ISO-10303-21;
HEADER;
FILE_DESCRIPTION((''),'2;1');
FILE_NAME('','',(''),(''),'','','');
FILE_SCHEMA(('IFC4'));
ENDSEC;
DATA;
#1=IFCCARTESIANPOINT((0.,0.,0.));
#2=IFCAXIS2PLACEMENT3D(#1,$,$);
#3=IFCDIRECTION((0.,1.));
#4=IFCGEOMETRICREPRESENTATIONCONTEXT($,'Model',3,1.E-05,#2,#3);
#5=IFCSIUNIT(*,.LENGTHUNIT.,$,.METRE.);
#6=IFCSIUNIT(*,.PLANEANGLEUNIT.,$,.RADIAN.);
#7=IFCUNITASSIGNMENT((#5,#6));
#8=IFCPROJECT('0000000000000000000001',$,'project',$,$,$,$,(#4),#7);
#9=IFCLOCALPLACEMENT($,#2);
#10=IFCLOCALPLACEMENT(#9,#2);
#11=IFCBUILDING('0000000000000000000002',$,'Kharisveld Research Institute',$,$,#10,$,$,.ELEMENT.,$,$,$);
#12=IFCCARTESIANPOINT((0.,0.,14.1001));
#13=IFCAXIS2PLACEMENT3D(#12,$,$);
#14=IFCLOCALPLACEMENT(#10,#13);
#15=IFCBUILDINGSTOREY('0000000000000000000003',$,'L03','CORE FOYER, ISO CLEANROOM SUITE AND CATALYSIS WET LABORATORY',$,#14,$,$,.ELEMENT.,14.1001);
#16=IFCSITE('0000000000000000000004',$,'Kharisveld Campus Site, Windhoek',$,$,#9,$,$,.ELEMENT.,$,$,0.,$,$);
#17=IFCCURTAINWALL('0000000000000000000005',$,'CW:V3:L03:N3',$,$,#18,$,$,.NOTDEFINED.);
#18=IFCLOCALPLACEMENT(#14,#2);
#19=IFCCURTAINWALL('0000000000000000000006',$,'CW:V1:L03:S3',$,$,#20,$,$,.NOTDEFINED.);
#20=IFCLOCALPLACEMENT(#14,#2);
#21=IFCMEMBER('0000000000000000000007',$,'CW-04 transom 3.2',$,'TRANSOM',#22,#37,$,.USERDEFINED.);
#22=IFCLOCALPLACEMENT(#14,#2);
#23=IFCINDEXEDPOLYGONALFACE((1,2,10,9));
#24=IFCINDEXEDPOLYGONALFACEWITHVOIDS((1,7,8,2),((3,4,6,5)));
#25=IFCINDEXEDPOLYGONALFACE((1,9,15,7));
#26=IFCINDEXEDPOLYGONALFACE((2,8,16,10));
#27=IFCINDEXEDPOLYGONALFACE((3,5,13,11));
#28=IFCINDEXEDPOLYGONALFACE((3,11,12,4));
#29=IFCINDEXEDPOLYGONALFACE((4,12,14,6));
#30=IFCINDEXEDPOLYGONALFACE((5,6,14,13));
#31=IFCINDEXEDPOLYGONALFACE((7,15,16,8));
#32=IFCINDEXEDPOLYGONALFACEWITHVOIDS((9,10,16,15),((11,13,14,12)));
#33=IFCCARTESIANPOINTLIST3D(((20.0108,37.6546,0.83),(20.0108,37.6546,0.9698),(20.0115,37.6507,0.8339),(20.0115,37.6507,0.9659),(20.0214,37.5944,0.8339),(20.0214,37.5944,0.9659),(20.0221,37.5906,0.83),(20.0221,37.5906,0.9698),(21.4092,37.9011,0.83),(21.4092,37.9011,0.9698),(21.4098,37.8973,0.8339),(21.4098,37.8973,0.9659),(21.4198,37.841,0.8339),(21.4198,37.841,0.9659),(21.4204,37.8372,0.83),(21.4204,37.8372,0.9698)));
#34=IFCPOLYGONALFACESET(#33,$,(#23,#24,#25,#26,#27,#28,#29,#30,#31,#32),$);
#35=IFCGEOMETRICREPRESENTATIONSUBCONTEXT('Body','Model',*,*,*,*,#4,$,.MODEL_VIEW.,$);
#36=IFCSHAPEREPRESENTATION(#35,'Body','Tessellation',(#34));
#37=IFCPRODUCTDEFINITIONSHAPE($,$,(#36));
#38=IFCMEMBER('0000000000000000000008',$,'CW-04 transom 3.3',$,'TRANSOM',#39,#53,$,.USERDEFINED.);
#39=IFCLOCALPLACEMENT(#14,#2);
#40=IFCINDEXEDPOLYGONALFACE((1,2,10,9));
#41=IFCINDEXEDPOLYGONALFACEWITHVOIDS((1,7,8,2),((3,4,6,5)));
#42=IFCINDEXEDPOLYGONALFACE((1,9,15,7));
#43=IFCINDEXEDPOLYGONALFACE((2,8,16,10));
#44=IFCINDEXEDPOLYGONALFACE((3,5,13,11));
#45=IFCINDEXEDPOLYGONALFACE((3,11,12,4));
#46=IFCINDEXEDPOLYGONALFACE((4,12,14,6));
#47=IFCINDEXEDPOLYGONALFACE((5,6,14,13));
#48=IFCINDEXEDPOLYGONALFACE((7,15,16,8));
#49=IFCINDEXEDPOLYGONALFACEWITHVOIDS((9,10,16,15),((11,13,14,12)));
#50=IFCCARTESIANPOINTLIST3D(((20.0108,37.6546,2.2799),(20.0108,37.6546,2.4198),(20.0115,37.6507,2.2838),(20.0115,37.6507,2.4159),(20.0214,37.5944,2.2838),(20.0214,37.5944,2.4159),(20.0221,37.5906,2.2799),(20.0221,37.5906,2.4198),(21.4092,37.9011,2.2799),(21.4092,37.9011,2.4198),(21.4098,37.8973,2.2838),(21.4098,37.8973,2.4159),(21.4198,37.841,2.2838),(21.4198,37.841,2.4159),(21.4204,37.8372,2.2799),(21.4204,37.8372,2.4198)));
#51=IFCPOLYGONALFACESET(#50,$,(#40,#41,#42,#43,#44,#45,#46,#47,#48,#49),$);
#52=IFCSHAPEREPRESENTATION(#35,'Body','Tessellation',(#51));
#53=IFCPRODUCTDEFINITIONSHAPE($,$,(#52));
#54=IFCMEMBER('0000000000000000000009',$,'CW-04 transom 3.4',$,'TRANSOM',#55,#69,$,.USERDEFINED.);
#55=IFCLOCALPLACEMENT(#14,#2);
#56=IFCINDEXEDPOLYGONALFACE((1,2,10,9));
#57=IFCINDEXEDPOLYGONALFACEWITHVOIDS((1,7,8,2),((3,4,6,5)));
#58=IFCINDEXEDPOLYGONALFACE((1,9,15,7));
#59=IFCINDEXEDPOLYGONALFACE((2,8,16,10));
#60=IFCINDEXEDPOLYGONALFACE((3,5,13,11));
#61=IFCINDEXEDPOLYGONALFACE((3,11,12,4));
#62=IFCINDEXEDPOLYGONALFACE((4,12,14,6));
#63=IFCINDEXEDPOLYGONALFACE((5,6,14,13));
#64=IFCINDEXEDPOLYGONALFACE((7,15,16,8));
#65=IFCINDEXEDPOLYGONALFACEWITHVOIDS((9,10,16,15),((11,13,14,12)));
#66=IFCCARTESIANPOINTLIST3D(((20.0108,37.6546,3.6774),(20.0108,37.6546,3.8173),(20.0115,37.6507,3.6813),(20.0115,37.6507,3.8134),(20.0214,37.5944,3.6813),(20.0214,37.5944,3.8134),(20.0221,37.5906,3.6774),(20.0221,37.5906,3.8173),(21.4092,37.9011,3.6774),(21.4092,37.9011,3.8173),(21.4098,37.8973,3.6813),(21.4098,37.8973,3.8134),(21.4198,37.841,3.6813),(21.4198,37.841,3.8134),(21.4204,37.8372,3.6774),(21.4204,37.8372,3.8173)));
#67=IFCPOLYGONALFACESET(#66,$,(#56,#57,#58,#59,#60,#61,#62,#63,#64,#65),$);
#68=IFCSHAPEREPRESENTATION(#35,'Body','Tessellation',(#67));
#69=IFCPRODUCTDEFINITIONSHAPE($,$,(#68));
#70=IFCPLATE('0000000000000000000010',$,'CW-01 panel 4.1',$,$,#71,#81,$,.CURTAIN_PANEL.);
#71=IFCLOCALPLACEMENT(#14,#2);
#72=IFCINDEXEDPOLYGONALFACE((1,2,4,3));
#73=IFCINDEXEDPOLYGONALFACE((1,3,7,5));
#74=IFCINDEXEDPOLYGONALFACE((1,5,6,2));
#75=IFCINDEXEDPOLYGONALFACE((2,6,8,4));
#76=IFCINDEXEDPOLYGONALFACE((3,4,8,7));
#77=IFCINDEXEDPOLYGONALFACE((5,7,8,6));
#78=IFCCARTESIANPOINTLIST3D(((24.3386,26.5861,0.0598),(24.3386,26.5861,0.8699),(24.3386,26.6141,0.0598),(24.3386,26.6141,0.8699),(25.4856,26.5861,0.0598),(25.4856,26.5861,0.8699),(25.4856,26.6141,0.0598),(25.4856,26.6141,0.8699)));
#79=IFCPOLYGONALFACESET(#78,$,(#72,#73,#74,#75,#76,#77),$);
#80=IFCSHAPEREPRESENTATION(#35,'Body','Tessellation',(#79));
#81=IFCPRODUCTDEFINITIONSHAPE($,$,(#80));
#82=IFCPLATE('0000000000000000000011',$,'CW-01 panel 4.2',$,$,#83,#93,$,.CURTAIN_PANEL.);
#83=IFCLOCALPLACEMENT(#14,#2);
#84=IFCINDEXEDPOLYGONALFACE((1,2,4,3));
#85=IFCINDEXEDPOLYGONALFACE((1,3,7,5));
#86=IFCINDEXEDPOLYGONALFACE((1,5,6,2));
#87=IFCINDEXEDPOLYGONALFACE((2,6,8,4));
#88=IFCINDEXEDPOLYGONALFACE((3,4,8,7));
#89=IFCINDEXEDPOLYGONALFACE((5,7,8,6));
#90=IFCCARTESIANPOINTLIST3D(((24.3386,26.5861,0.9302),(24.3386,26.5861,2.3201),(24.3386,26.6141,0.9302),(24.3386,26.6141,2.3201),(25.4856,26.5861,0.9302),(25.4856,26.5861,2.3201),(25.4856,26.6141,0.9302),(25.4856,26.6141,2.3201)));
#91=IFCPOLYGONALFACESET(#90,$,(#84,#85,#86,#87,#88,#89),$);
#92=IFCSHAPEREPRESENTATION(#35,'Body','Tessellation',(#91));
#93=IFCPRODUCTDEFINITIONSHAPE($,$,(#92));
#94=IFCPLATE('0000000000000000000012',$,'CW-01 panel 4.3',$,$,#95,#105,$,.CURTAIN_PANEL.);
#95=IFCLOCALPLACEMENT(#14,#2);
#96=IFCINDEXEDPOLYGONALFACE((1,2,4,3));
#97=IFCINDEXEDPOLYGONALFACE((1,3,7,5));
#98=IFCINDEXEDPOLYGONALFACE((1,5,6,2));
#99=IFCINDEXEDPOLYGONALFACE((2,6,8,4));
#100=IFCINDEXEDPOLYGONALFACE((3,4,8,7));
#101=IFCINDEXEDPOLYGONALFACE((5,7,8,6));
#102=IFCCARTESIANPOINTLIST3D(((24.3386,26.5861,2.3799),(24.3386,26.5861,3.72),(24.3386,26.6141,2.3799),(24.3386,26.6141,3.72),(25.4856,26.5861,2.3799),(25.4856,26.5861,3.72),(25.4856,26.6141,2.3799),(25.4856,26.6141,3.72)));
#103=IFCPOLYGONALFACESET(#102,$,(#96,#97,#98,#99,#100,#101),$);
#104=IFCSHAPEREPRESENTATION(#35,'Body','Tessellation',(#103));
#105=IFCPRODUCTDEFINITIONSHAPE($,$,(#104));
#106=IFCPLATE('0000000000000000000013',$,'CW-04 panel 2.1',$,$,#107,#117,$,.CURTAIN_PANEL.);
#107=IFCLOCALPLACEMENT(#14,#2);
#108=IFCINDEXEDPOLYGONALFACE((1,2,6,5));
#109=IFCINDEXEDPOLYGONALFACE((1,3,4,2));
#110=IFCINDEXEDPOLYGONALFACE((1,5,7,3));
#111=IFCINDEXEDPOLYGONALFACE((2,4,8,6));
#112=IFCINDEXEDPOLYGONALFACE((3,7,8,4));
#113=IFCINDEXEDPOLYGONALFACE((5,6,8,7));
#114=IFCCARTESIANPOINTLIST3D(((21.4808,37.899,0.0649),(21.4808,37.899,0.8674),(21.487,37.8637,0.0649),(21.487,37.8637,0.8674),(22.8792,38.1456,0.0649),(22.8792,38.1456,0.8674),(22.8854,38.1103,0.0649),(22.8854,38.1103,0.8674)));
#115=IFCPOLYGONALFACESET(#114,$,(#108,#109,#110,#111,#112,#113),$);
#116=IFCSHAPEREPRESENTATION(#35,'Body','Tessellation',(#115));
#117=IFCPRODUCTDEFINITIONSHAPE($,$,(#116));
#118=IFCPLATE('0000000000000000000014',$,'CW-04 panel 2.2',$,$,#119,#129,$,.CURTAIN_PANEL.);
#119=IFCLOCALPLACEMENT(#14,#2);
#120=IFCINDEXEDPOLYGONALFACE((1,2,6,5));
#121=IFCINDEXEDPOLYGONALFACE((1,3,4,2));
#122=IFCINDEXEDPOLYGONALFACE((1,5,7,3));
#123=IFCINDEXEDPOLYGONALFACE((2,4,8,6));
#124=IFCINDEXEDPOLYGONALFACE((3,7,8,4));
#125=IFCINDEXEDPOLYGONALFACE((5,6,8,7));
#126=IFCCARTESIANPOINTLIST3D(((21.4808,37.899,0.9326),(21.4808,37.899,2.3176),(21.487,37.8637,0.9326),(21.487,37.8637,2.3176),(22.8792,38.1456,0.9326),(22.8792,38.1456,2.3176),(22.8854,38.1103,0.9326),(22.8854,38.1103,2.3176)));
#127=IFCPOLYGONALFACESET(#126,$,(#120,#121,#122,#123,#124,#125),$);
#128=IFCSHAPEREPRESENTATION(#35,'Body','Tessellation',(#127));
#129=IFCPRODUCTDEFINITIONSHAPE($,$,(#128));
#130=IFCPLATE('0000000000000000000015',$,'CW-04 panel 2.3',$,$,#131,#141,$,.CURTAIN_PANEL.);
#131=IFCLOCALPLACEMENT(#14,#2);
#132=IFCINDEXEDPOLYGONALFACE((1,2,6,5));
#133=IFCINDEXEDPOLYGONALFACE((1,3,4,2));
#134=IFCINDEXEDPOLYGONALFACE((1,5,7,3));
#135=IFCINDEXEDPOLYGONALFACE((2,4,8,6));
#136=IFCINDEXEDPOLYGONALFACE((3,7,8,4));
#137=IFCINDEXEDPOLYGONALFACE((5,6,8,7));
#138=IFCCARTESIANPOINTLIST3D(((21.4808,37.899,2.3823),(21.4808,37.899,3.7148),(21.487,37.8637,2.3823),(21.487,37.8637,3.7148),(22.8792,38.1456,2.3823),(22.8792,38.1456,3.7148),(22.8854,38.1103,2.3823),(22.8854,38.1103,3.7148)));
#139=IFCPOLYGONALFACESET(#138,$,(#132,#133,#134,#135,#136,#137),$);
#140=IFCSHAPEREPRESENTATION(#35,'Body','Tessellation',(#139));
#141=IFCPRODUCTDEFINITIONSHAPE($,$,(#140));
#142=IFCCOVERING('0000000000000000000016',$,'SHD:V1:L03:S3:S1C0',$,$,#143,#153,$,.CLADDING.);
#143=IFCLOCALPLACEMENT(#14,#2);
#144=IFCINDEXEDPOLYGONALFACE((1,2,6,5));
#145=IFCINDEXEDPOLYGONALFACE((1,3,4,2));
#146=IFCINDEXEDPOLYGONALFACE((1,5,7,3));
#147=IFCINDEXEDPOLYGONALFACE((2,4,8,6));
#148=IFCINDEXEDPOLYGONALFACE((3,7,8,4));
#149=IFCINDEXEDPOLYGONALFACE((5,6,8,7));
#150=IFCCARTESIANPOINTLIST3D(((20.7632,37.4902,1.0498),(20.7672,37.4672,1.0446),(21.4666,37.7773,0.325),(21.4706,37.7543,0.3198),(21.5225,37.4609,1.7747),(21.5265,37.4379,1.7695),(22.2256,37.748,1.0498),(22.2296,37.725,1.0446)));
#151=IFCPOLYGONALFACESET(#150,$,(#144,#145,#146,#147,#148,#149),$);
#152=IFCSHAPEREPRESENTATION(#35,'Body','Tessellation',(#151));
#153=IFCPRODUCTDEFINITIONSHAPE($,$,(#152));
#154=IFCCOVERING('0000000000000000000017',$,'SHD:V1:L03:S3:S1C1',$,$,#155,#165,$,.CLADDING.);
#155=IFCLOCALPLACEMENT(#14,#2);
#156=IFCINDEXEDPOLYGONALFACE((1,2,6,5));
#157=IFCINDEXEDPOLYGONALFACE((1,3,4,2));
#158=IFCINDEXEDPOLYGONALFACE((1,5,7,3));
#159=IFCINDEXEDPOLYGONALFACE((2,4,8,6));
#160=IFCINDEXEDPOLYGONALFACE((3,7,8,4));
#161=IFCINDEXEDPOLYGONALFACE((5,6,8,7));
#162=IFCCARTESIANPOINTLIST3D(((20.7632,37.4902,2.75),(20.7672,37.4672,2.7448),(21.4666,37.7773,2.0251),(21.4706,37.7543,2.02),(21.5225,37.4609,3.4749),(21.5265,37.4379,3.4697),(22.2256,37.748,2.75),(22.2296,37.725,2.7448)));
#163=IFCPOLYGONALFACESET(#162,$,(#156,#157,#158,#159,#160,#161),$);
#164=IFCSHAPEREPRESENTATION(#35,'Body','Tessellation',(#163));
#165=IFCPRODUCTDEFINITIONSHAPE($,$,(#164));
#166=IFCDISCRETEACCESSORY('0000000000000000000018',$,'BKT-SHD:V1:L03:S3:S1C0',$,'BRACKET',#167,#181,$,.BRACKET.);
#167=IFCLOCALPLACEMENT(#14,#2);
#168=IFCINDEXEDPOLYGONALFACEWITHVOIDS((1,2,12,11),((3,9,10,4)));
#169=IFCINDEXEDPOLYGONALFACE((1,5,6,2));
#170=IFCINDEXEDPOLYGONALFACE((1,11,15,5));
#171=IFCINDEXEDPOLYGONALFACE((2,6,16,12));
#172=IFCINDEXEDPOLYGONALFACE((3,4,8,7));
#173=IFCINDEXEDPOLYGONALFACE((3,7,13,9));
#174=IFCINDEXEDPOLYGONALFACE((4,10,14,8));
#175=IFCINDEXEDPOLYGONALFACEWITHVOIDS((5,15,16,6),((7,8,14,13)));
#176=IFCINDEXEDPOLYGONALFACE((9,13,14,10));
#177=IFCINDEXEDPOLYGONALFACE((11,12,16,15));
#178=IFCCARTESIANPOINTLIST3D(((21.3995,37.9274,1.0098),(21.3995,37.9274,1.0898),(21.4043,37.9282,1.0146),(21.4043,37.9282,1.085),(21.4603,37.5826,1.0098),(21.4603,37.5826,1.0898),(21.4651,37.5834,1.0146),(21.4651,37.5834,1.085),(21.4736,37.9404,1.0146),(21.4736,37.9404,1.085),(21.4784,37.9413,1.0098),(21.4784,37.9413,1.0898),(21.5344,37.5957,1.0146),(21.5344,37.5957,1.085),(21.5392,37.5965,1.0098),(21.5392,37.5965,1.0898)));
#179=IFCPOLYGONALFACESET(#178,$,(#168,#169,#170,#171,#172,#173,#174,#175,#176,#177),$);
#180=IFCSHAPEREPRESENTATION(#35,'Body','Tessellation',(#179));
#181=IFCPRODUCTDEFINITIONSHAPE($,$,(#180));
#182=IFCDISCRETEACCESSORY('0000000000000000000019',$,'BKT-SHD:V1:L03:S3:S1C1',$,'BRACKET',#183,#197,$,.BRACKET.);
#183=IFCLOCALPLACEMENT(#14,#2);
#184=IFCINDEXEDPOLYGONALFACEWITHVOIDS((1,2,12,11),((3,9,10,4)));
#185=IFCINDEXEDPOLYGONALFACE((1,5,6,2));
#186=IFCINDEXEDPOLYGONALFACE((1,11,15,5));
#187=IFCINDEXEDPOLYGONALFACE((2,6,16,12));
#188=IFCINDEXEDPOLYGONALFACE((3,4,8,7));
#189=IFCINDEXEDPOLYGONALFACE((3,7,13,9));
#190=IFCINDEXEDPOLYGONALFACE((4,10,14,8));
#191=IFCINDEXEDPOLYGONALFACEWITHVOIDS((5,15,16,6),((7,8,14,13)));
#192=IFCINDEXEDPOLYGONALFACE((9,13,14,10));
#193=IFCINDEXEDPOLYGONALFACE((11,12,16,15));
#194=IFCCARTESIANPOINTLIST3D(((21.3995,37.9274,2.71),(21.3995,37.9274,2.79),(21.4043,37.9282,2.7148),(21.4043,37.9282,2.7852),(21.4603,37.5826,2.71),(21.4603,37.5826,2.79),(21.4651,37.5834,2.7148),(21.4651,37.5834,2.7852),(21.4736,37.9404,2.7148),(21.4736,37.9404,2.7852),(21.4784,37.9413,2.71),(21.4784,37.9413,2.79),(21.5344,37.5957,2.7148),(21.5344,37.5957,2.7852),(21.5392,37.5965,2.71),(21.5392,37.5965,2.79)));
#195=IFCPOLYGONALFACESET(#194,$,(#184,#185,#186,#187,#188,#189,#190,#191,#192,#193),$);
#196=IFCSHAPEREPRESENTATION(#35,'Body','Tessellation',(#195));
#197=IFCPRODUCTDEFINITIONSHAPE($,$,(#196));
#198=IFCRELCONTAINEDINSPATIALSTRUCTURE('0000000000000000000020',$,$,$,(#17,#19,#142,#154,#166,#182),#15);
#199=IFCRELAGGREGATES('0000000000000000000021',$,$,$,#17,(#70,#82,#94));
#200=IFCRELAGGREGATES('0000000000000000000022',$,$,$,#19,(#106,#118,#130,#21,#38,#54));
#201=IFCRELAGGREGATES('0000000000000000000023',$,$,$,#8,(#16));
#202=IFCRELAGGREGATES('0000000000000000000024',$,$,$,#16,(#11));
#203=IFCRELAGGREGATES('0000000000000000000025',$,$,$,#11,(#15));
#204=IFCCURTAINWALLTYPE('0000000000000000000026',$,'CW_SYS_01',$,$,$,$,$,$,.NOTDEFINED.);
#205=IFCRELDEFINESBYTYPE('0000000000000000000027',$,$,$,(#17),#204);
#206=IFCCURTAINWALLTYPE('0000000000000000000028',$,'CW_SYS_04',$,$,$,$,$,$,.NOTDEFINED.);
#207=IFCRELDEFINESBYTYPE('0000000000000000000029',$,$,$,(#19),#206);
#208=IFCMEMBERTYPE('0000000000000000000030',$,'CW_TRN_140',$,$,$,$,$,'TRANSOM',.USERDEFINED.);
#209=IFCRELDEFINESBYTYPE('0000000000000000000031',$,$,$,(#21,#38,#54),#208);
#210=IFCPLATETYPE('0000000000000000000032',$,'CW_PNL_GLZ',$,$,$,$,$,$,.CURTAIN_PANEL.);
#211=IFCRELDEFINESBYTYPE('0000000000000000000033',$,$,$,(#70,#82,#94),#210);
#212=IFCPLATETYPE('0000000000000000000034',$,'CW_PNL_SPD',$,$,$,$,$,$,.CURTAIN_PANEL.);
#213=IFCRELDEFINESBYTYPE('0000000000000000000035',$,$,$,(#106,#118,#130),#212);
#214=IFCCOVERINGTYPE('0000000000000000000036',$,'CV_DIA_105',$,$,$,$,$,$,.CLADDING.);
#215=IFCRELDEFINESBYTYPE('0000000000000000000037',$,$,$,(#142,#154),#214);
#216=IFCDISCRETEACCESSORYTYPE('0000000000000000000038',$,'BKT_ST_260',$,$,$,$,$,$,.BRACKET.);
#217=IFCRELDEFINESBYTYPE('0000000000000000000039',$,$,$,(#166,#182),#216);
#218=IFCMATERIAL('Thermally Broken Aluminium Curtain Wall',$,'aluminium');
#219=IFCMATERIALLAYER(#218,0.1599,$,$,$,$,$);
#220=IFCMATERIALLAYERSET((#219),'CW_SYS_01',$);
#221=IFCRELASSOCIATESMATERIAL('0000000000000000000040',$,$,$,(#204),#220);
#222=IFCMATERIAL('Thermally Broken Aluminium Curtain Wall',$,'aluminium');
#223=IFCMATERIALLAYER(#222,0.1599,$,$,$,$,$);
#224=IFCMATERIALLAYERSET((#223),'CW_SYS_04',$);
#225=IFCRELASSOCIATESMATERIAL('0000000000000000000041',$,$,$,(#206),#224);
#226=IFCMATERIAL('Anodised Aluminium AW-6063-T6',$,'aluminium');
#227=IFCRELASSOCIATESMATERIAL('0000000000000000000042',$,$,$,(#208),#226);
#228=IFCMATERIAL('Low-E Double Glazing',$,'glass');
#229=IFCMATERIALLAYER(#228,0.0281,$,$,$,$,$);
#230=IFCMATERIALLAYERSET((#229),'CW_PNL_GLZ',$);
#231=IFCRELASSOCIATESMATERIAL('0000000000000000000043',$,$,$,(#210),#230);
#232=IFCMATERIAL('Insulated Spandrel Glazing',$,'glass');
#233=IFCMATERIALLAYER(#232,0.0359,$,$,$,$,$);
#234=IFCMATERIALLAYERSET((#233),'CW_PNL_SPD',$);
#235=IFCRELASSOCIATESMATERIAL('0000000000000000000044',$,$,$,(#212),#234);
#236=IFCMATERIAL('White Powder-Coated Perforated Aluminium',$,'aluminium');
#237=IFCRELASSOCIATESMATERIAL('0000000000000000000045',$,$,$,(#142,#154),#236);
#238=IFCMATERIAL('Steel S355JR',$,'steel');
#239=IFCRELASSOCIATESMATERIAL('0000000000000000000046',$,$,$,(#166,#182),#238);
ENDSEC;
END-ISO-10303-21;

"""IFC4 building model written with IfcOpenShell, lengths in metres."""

from ifc_helpers import new_model, si_unit, direction, frame, origin, origin_2d, place, context, subcontext, project, spatial, polyline, rectangle, hollow_rectangle, outline, extrude, material, layer, layer_set, material_profile, profile_set, type_object, element, aggregate, save


model = new_model("IFC4")

# Units and contexts
model_context = context("Model", 3, precision=1e-05, world=origin(), true_north=direction((0.0, 1.0)))
body_context = subcontext(model_context, "Body", "Model", "MODEL_VIEW")
ifc_project = project(units=[si_unit("LENGTHUNIT", "METRE"), si_unit("PLANEANGLEUNIT", "RADIAN")], contexts=[model_context])

# Site, building, storey
site_placement = place(None, origin())
site = spatial("IfcSite", under=ifc_project, at=site_placement, Name="Kharisveld Campus Site, Windhoek", CompositionType="ELEMENT", RefElevation=0.0)
building_placement = place(site_placement, origin())
building = spatial("IfcBuilding", under=site, at=building_placement, Name="Kharisveld Research Institute", CompositionType="ELEMENT")
storey_placement = place(building_placement, frame((0.0, 0.0, 14.1001)))
storey = spatial("IfcBuildingStorey", under=building, at=storey_placement, Name="L03", Description="CORE FOYER, ISO CLEANROOM SUITE AND CATALYSIS WET LABORATORY", CompositionType="ELEMENT", Elevation=14.1001)

# Curtain wall
ifc_material_1 = material(Name="Thermally Broken Aluminium Curtain Wall", Category="aluminium")
ifc_layer_1 = layer(ifc_material_1, 0.1599)
ifc_layer_set_1 = layer_set([ifc_layer_1], Name="CW_SYS_01")
curtain_wall_type_1 = type_object("IfcCurtainWallType", Name="CW_SYS_01", PredefinedType="NOTDEFINED", material=ifc_layer_set_1)
curtain_wall_1_placement = place(storey_placement, origin())
curtain_wall_1 = element("IfcCurtainWall", 1, at=curtain_wall_1_placement, inside=storey, type_object=curtain_wall_type_1, Name="CW:V3:L03:N3", PredefinedType="NOTDEFINED")

# Curtain wall
ifc_material_2 = material(Name="Thermally Broken Aluminium Curtain Wall", Category="aluminium")
ifc_layer_2 = layer(ifc_material_2, 0.1599)
ifc_layer_set_2 = layer_set([ifc_layer_2], Name="CW_SYS_04")
curtain_wall_type_2 = type_object("IfcCurtainWallType", Name="CW_SYS_04", PredefinedType="NOTDEFINED", material=ifc_layer_set_2)
curtain_wall_2_placement = place(storey_placement, origin())
curtain_wall_2 = element("IfcCurtainWall", 2, at=curtain_wall_2_placement, inside=storey, type_object=curtain_wall_type_2, Name="CW:V1:L03:S3", PredefinedType="NOTDEFINED")

# Members
ifc_material_3 = material(Name="Anodised Aluminium AW-6063-T6", Category="aluminium")
ifc_material_profile_1 = material_profile(ifc_material_3, hollow_rectangle(XDim=0.0649, YDim=0.1399, WallThickness=0.0039, at=origin_2d()))
ifc_profile_set_1 = profile_set([ifc_material_profile_1], Name="Anodised Aluminium AW-6063-T6")
member_type_1 = type_object("IfcMemberType", Name="CW_TRN_140", ElementType="TRANSOM", PredefinedType="USERDEFINED", material=ifc_profile_set_1)
member_1_placement = place(storey_placement, frame((21.4148, 37.8691, 0.8999), z_axis=(-0.984808, -0.173648, 0.0), x_axis=(0.173648, -0.984808, 0.0)))
member_1 = element("IfcMember", 3, at=member_1_placement, type_object=member_type_1, Name="CW-04 transom 3.2", ObjectType="TRANSOM", PredefinedType="USERDEFINED", context=body_context, shape_type="SweptSolid", body=[
    extrude(hollow_rectangle(XDim=0.0649, YDim=0.1399, WallThickness=0.0039, at=origin_2d()), origin(), (0.0, 0.0, 1.0), 1.4199),
])
member_2_placement = place(storey_placement, frame((21.4148, 37.8691, 2.3499), z_axis=(-0.984808, -0.173648, 0.0), x_axis=(0.173648, -0.984808, 0.0)))
member_2 = element("IfcMember", 4, at=member_2_placement, type_object=member_type_1, Name="CW-04 transom 3.3", ObjectType="TRANSOM", PredefinedType="USERDEFINED", context=body_context, shape_type="SweptSolid", body=[
    extrude(hollow_rectangle(XDim=0.0649, YDim=0.1399, WallThickness=0.0039, at=origin_2d()), origin(), (0.0, 0.0, 1.0), 1.4199),
])
member_3_placement = place(storey_placement, frame((21.4148, 37.8691, 3.7473), z_axis=(-0.984808, -0.173648, 0.0), x_axis=(0.173648, -0.984808, 0.0)))
member_3 = element("IfcMember", 5, at=member_3_placement, type_object=member_type_1, Name="CW-04 transom 3.4", ObjectType="TRANSOM", PredefinedType="USERDEFINED", context=body_context, shape_type="SweptSolid", body=[
    extrude(hollow_rectangle(XDim=0.0649, YDim=0.1399, WallThickness=0.0039, at=origin_2d()), origin(), (0.0, 0.0, 1.0), 1.4199),
])

# Plates
ifc_material_4 = material(Name="Low-E Double Glazing", Category="glass")
ifc_layer_3 = layer(ifc_material_4, 0.0281)
ifc_layer_set_3 = layer_set([ifc_layer_3], Name="CW_PNL_GLZ")
plate_type_1 = type_object("IfcPlateType", Name="CW_PNL_GLZ", PredefinedType="CURTAIN_PANEL", material=ifc_layer_set_3)
plate_1_placement = place(storey_placement, frame((24.9121, 26.6001, 0.0598), z_axis=(0.0, 0.0, 1.0), x_axis=(1.0, 0.0, 0.0)))
plate_1 = element("IfcPlate", 6, at=plate_1_placement, type_object=plate_type_1, Name="CW-01 panel 4.1", PredefinedType="CURTAIN_PANEL", context=body_context, shape_type="SweptSolid", body=[
    extrude(rectangle(XDim=1.147, YDim=0.0281, at=origin_2d()), origin(), (0.0, 0.0, 1.0), 0.8101),
])
plate_2_placement = place(storey_placement, frame((24.9121, 26.6001, 0.9302), z_axis=(0.0, 0.0, 1.0), x_axis=(1.0, 0.0, 0.0)))
plate_2 = element("IfcPlate", 7, at=plate_2_placement, type_object=plate_type_1, Name="CW-01 panel 4.2", PredefinedType="CURTAIN_PANEL", context=body_context, shape_type="SweptSolid", body=[
    extrude(rectangle(XDim=1.147, YDim=0.0281, at=origin_2d()), origin(), (0.0, 0.0, 1.0), 1.3899),
])
plate_3_placement = place(storey_placement, frame((24.9121, 26.6001, 2.3799), z_axis=(0.0, 0.0, 1.0), x_axis=(1.0, 0.0, 0.0)))
plate_3 = element("IfcPlate", 8, at=plate_3_placement, type_object=plate_type_1, Name="CW-01 panel 4.3", PredefinedType="CURTAIN_PANEL", context=body_context, shape_type="SweptSolid", body=[
    extrude(rectangle(XDim=1.147, YDim=0.0281, at=origin_2d()), origin(), (0.0, 0.0, 1.0), 1.3401),
])
aggregate(curtain_wall_1, [plate_1, plate_2, plate_3])
ifc_material_5 = material(Name="Insulated Spandrel Glazing", Category="glass")
ifc_layer_4 = layer(ifc_material_5, 0.0359)
ifc_layer_set_4 = layer_set([ifc_layer_4], Name="CW_PNL_SPD")
plate_type_2 = type_object("IfcPlateType", Name="CW_PNL_SPD", PredefinedType="CURTAIN_PANEL", material=ifc_layer_set_4)
plate_4_placement = place(storey_placement, frame((22.1831, 38.0046, 0.0649), z_axis=(0.0, 0.0, 1.0), x_axis=(-0.984808, -0.173648, 0.0)))
plate_4 = element("IfcPlate", 9, at=plate_4_placement, type_object=plate_type_2, Name="CW-04 panel 2.1", PredefinedType="CURTAIN_PANEL", context=body_context, shape_type="SweptSolid", body=[
    extrude(rectangle(XDim=1.4199, YDim=0.0359, at=origin_2d()), origin(), (0.0, 0.0, 1.0), 0.8025),
])
plate_5_placement = place(storey_placement, frame((22.1831, 38.0046, 0.9326), z_axis=(0.0, 0.0, 1.0), x_axis=(-0.984808, -0.173648, 0.0)))
plate_5 = element("IfcPlate", 10, at=plate_5_placement, type_object=plate_type_2, Name="CW-04 panel 2.2", PredefinedType="CURTAIN_PANEL", context=body_context, shape_type="SweptSolid", body=[
    extrude(rectangle(XDim=1.4199, YDim=0.0359, at=origin_2d()), origin(), (0.0, 0.0, 1.0), 1.385),
])
plate_6_placement = place(storey_placement, frame((22.1831, 38.0046, 2.3823), z_axis=(0.0, 0.0, 1.0), x_axis=(-0.984808, -0.173648, 0.0)))
plate_6 = element("IfcPlate", 11, at=plate_6_placement, type_object=plate_type_2, Name="CW-04 panel 2.3", PredefinedType="CURTAIN_PANEL", context=body_context, shape_type="SweptSolid", body=[
    extrude(rectangle(XDim=1.4199, YDim=0.0359, at=origin_2d()), origin(), (0.0, 0.0, 1.0), 1.3325),
])
aggregate(curtain_wall_2, [plate_4, plate_5, plate_6, member_1, member_2, member_3])

# Coverings
ifc_material_6 = material(Name="White Powder-Coated Perforated Aluminium", Category="aluminium")
covering_type = type_object("IfcCoveringType", Name="CV_DIA_105", PredefinedType="CLADDING")
for number, where, z_axis, x_axis, name in (
    (12, (21.4666, 37.7773, 0.325), (-0.169503, 0.961481, 0.216385), (-0.66985, -0.273447, 0.69031), "SHD:V1:L03:S3:S1C0"),
    (13, (21.4666, 37.7773, 2.0251), (-0.169503, 0.961481, 0.216385), (-0.66985, -0.273447, 0.69031), "SHD:V1:L03:S3:S1C1"),
):
    element("IfcCovering", number, at=place(storey_placement, frame(where, z_axis=z_axis, x_axis=x_axis)), inside=storey, type_object=covering_type, material=ifc_material_6, Name=name, PredefinedType="CLADDING", context=body_context, shape_type="SweptSolid", body=[
        extrude(outline(polyline([(0.0, 0.0), (1.05, 0.0), (1.0498, 1.0501), (-0.0001, 1.05), (0.0, 0.0)])), origin(), (0.0, 0.0, -1.0), 0.0239),
    ])

# Discrete accessories
ifc_material_7 = material(Name="Steel S355JR", Category="steel")
discrete_accessory_type = type_object("IfcDiscreteAccessoryType", Name="BKT_ST_260", PredefinedType="BRACKET")
for number, where, z_axis, x_axis, name in (
    (14, (21.439, 37.9343, 1.0498), (0.173666, -0.984805, 0.0), (0.984805, 0.173666, 0.0), "BKT-SHD:V1:L03:S3:S1C0"),
    (15, (21.439, 37.9343, 2.75), (0.173666, -0.984805, 0.0), (0.984805, 0.173666, 0.0), "BKT-SHD:V1:L03:S3:S1C1"),
):
    element("IfcDiscreteAccessory", number, at=place(storey_placement, frame(where, z_axis=z_axis, x_axis=x_axis)), inside=storey, type_object=discrete_accessory_type, material=ifc_material_7, Name=name, ObjectType="BRACKET", PredefinedType="BRACKET", context=body_context, shape_type="SweptSolid", body=[
        extrude(hollow_rectangle(XDim=0.0801, YDim=0.0801, WallThickness=0.0049, at=origin_2d()), origin(), (0.0, 0.0, 1.0), 0.3501),
    ])

save(model, "model.ifc")
